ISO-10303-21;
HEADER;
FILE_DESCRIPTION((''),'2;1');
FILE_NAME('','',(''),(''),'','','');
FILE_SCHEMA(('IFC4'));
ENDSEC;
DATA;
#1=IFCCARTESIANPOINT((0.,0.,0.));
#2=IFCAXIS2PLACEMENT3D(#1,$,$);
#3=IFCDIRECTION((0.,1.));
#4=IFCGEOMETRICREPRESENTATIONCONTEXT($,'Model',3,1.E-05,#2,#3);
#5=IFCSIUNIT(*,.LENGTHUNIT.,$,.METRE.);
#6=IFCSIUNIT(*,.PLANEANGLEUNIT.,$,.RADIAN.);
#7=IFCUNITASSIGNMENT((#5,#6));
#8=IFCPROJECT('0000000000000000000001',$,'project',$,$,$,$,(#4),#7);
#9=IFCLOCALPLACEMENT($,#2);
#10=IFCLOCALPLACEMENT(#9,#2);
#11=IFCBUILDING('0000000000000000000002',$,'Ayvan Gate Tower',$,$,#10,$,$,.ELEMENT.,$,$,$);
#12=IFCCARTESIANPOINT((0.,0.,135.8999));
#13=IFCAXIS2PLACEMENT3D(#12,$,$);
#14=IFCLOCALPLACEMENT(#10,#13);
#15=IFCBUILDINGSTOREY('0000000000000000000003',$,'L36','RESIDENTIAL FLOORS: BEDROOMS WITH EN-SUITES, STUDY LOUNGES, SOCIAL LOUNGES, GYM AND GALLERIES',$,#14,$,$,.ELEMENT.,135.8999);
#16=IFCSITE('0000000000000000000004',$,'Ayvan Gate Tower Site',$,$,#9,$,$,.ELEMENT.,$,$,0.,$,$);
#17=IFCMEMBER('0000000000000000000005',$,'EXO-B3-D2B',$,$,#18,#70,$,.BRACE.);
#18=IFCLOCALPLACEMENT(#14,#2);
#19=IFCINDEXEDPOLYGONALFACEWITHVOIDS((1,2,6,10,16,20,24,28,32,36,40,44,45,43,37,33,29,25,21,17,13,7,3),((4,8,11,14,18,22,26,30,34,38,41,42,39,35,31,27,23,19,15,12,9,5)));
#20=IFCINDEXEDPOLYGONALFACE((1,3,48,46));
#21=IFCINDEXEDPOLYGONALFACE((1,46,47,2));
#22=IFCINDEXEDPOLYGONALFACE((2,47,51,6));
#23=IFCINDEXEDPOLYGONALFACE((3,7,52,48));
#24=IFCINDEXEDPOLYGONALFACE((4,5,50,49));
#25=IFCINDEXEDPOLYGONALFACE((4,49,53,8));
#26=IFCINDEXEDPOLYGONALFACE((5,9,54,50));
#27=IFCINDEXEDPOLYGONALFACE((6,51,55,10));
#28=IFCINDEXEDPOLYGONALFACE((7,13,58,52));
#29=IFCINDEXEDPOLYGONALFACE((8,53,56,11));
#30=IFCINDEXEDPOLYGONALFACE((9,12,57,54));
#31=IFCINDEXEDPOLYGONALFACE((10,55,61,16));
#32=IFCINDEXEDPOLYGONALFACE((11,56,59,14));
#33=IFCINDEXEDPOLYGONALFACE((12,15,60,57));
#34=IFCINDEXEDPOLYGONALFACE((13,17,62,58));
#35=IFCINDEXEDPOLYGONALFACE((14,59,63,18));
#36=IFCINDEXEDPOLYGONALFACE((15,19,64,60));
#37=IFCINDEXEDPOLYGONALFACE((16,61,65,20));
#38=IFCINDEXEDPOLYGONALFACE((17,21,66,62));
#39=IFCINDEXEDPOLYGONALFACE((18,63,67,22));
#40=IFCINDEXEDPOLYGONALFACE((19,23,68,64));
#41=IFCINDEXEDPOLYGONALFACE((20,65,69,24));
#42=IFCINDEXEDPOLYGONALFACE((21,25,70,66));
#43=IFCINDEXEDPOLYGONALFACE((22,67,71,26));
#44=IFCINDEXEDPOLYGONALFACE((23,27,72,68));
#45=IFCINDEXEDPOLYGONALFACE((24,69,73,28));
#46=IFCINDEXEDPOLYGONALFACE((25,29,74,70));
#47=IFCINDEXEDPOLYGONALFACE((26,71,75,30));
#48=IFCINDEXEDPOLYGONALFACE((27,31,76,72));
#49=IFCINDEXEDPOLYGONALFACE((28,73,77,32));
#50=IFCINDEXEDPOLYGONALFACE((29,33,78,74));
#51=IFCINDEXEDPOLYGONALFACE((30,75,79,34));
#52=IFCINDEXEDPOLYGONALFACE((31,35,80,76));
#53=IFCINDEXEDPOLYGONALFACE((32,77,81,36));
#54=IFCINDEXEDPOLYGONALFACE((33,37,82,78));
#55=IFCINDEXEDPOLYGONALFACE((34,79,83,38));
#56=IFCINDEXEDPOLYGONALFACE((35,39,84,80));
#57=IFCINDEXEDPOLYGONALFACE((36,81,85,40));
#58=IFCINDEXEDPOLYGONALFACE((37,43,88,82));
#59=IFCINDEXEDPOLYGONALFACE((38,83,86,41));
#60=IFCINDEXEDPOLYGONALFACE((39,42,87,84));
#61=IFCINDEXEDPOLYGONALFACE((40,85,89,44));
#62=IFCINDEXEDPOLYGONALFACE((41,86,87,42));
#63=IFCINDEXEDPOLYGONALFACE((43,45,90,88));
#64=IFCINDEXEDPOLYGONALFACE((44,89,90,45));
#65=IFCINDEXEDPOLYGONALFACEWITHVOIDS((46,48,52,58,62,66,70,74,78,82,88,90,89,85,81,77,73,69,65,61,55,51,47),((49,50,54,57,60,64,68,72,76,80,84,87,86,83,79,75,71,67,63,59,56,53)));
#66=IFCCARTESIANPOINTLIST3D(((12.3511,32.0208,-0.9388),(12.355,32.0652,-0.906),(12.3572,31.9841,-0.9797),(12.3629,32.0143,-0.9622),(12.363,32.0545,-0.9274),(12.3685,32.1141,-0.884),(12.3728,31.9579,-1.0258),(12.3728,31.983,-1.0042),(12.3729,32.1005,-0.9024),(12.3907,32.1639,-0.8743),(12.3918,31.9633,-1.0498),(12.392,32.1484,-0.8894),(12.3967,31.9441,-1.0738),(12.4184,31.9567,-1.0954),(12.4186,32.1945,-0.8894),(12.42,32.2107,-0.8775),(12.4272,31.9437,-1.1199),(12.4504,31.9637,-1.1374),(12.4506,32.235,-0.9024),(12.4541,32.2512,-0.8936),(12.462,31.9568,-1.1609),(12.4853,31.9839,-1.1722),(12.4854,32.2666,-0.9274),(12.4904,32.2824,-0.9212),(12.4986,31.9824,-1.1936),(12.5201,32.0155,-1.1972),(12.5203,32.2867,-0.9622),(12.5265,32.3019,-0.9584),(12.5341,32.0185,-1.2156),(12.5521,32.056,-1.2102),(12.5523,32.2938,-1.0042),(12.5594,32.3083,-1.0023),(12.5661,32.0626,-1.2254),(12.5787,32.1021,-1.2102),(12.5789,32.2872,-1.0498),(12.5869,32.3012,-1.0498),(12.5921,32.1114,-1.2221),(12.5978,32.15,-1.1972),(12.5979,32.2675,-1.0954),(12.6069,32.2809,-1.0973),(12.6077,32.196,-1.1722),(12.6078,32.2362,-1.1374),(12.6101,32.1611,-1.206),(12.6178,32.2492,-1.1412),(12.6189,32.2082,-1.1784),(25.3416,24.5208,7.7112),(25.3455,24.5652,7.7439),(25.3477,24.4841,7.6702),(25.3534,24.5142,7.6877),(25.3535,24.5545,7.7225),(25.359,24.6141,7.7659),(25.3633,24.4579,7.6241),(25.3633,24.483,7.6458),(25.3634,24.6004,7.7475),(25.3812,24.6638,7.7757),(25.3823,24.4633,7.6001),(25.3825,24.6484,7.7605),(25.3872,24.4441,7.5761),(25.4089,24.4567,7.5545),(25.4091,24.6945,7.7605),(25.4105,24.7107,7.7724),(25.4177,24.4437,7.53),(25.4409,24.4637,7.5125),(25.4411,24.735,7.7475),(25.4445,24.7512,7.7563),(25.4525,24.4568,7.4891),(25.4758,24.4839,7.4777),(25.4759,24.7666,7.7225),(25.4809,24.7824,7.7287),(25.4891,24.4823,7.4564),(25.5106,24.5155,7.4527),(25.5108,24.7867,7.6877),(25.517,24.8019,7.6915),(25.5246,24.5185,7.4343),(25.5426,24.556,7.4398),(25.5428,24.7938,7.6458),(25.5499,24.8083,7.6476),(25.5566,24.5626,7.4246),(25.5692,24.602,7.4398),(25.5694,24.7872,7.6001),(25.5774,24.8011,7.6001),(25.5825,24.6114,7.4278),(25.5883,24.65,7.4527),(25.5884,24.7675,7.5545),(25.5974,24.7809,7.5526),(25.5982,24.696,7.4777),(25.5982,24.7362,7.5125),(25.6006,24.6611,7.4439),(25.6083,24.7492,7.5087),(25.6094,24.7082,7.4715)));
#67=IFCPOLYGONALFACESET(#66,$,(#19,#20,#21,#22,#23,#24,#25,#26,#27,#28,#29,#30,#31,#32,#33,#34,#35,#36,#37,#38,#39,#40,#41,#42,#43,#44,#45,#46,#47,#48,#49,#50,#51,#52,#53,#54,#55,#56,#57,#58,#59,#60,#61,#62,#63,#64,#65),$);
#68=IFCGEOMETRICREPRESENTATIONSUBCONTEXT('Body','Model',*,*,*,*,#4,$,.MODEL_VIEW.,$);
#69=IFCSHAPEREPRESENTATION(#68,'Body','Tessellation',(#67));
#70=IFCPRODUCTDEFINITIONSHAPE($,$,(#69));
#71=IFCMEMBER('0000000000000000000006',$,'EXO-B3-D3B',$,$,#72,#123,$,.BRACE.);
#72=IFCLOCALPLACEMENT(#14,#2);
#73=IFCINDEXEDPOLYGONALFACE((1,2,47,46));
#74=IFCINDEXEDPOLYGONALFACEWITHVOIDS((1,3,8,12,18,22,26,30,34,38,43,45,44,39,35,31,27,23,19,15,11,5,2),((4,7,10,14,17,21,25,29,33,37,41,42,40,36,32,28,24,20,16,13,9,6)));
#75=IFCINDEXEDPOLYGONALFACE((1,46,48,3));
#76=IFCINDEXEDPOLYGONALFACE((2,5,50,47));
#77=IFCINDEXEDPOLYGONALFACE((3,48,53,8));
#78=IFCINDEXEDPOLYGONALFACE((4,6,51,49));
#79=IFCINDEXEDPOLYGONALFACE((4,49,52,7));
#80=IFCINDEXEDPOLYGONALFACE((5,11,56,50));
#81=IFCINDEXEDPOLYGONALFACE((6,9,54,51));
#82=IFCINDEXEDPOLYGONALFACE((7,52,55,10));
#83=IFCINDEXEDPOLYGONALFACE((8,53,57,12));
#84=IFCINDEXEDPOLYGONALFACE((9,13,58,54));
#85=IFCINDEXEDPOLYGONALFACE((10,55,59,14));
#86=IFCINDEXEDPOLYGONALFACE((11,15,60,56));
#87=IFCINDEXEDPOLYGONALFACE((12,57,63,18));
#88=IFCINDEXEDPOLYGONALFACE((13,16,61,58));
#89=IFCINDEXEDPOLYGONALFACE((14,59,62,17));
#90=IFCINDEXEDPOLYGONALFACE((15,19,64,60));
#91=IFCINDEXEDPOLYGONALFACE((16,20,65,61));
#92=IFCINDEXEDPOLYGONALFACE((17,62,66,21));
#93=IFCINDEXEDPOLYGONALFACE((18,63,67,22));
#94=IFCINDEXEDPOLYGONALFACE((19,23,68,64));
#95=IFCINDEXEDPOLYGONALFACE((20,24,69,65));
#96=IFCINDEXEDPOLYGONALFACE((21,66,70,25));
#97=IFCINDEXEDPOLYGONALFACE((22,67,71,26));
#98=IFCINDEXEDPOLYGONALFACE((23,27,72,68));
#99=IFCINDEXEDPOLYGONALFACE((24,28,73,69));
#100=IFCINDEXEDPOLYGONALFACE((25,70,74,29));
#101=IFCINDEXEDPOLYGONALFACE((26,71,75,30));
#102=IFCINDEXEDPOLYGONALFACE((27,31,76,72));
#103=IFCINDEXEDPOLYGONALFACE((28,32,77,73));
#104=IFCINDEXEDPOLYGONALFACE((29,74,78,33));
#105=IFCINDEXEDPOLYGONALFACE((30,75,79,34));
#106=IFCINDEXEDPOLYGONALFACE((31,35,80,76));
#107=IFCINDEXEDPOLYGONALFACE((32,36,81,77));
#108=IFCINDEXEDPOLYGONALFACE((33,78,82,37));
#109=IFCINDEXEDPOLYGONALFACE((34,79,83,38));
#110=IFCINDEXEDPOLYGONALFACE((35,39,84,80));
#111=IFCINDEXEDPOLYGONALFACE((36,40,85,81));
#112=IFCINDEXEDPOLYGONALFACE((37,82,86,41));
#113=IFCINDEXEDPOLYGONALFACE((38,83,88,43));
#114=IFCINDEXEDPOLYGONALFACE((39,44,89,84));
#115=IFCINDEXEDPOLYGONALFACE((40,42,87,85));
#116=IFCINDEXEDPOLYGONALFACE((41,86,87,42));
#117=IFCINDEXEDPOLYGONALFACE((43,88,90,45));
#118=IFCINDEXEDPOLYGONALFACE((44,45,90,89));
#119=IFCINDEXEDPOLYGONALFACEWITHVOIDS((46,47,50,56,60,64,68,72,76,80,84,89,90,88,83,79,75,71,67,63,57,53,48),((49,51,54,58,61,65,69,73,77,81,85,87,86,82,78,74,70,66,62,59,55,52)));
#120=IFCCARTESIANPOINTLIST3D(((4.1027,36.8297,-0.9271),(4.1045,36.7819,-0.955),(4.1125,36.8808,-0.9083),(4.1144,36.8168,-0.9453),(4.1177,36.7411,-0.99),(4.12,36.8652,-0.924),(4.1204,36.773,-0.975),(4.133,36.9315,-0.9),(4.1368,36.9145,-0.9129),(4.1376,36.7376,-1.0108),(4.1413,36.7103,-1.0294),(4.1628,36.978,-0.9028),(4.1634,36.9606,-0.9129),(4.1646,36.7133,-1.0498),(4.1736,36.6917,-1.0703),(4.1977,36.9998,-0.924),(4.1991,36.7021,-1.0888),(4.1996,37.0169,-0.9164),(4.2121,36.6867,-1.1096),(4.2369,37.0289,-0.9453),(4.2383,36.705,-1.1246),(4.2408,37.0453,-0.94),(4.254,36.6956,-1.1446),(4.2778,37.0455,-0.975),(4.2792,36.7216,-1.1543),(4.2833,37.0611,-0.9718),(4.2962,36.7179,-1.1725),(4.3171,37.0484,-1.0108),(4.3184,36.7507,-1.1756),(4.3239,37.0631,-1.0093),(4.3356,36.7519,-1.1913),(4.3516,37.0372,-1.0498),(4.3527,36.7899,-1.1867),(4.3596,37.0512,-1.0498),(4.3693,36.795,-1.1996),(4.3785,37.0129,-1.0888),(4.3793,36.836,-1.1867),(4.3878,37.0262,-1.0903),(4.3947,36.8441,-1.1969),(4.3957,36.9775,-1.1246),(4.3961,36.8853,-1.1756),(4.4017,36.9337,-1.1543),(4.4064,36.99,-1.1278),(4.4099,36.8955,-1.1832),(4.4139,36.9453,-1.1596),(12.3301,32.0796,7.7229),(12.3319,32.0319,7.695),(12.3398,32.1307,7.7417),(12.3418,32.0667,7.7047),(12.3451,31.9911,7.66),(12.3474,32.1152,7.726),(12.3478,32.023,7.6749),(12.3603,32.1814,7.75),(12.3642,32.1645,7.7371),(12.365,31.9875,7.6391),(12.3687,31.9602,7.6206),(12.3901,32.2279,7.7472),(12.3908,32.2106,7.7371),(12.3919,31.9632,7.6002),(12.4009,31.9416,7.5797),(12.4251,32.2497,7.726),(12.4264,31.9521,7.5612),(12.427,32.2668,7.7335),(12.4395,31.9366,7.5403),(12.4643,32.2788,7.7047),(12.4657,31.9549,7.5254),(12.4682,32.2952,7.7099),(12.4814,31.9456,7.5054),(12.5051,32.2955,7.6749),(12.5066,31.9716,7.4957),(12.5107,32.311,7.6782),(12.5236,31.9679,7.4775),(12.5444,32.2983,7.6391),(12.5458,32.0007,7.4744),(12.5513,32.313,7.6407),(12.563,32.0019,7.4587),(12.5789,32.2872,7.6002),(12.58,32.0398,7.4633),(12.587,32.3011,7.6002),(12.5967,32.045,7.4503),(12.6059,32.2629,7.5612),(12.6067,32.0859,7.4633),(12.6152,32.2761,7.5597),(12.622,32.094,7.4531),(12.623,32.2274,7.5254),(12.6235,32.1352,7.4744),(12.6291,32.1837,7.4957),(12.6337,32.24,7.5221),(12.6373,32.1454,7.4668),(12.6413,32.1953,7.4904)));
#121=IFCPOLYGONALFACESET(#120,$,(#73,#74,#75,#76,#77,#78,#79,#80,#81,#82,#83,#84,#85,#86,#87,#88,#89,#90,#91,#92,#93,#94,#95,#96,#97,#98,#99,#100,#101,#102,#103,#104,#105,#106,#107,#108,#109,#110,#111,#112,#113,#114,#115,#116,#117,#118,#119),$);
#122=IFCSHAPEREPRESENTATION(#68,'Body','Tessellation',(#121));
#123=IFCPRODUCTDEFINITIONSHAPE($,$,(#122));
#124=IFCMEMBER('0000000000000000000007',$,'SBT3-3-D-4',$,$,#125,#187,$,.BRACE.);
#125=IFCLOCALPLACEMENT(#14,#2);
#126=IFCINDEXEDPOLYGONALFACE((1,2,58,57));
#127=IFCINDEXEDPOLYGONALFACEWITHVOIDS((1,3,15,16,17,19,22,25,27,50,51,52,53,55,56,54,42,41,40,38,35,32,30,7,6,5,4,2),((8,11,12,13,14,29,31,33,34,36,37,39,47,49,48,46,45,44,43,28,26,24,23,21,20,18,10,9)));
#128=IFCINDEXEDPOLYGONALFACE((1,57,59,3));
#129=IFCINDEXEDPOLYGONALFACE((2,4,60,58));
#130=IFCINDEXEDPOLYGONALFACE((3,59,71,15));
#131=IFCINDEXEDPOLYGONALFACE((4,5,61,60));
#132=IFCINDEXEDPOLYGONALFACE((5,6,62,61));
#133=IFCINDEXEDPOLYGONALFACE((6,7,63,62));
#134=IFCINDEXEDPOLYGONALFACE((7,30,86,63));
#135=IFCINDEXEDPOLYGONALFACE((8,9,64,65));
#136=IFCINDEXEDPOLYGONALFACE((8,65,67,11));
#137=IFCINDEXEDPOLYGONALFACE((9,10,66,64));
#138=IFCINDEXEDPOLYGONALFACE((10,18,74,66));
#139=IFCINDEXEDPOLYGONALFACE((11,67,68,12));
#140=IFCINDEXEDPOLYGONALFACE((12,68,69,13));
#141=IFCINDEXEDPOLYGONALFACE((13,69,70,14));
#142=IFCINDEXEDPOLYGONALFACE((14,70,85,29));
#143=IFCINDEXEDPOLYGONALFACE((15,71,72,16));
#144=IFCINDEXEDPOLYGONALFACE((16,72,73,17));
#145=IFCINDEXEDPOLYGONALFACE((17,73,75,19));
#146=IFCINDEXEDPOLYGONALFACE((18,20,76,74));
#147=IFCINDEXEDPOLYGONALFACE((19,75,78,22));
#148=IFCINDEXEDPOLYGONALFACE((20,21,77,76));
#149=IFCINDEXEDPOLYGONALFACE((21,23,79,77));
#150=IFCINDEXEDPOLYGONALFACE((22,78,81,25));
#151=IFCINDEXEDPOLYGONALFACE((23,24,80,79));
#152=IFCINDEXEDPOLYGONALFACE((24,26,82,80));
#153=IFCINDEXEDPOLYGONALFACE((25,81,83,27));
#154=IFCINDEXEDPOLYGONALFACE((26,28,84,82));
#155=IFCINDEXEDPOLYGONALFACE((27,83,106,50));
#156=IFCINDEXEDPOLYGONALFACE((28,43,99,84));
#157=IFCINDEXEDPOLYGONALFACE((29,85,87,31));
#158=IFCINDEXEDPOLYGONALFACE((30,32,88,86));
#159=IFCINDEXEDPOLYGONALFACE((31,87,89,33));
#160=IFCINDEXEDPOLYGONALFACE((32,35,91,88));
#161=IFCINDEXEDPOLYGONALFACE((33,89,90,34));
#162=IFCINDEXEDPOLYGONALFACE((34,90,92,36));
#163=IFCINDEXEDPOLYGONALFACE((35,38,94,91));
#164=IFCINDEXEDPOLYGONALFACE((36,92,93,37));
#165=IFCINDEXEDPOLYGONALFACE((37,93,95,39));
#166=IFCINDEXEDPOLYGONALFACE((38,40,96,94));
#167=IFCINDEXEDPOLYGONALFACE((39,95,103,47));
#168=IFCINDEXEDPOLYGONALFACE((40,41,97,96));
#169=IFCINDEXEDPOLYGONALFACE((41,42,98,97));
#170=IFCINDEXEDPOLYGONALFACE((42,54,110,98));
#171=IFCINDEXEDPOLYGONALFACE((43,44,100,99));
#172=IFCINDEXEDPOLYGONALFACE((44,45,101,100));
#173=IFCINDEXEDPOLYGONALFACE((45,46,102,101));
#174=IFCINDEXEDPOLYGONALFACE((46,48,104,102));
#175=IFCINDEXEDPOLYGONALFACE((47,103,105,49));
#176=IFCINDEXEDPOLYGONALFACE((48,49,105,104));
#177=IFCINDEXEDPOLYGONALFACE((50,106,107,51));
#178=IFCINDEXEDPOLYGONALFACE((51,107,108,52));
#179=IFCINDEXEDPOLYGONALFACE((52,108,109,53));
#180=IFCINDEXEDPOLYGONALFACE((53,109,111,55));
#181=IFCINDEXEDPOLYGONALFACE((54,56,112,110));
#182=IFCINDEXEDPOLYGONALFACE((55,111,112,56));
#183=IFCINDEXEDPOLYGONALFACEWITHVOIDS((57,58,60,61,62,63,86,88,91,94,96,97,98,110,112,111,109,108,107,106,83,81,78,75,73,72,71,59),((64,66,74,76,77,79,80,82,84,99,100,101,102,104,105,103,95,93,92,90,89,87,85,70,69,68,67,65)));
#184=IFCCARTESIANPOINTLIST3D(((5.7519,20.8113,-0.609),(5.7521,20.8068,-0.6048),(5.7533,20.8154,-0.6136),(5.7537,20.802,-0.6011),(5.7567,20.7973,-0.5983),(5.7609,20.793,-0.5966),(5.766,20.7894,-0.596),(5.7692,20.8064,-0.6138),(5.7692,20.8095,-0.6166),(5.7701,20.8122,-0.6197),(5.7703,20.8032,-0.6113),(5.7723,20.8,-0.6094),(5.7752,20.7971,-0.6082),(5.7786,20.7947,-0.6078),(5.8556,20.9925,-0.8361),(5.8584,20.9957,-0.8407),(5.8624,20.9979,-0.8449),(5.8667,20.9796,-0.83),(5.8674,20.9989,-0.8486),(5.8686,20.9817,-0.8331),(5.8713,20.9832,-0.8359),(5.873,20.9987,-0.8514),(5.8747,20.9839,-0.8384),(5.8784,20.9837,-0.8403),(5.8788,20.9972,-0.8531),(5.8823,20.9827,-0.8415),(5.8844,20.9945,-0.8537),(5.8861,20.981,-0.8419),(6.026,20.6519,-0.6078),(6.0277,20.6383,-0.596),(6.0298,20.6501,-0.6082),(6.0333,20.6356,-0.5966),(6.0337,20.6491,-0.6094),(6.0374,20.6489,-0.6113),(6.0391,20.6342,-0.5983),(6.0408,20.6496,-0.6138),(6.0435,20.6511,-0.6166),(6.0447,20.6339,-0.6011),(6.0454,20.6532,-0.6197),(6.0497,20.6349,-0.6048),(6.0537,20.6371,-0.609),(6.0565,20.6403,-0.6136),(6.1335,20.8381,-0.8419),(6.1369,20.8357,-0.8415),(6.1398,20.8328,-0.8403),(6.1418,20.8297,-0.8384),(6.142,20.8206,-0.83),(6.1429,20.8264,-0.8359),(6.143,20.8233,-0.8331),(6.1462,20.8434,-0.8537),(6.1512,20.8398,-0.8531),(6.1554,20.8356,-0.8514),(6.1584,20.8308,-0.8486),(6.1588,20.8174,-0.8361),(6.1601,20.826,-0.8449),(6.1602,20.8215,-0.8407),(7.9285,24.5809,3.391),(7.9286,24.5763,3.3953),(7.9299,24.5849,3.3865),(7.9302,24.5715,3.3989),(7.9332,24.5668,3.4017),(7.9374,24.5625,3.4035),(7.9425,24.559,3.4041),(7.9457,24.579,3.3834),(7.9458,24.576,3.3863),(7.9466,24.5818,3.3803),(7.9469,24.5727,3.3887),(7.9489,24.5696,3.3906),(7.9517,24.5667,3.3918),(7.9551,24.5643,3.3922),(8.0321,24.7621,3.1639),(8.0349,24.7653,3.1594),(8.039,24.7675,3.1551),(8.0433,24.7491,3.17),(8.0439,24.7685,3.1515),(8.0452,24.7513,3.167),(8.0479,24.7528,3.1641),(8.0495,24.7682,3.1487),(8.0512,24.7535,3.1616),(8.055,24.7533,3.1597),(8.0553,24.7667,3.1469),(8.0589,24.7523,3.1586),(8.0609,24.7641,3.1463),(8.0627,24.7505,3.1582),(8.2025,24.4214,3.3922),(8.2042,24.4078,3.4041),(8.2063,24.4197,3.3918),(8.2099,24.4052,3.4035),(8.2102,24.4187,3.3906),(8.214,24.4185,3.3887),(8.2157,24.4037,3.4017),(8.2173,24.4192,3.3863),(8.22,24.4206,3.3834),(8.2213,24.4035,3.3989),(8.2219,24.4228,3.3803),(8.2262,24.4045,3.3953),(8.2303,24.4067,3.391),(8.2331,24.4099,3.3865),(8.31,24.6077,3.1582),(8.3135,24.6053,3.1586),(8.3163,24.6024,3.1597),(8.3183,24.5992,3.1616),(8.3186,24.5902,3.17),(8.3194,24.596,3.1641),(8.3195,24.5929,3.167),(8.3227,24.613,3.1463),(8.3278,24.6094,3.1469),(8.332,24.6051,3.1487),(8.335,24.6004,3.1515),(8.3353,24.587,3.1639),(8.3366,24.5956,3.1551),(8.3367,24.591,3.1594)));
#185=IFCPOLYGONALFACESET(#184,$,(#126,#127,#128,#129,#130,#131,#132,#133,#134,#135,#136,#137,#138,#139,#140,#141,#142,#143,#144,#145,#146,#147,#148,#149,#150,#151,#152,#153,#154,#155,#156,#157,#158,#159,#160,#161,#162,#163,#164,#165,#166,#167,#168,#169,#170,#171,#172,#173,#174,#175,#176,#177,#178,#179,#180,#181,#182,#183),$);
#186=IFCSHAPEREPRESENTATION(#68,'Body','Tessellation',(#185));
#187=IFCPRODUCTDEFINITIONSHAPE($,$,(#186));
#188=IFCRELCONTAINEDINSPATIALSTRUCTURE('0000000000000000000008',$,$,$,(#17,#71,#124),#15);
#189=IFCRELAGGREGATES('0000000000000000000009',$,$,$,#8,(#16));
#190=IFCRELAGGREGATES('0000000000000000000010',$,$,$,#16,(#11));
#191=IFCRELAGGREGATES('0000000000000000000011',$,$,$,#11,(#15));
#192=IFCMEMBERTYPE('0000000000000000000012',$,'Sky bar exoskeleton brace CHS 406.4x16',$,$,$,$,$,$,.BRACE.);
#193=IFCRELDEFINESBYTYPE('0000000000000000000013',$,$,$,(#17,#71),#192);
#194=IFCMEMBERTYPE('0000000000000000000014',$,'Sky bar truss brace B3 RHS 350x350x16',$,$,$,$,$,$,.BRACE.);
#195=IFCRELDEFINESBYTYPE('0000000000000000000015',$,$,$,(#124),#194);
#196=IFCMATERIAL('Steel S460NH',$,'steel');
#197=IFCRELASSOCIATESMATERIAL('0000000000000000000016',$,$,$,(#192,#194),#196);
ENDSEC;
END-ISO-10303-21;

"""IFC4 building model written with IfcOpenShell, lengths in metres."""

from ifc_helpers import new_model, si_unit, direction, frame, origin, origin_2d, place, context, subcontext, project, spatial, hollow_rectangle, hollow_circle, extrude, material, material_profile, profile_set, type_object, element, save


model = new_model("IFC4")

# Units and contexts
model_context = context("Model", 3, precision=1e-05, world=origin(), true_north=direction((0.0, 1.0)))
body_context = subcontext(model_context, "Body", "Model", "MODEL_VIEW")
ifc_project = project(units=[si_unit("LENGTHUNIT", "METRE"), si_unit("PLANEANGLEUNIT", "RADIAN")], contexts=[model_context])

# Site, building, storey
site_placement = place(None, origin())
site = spatial("IfcSite", under=ifc_project, at=site_placement, Name="Ayvan Gate Tower Site", CompositionType="ELEMENT", RefElevation=0.0)
building_placement = place(site_placement, origin())
building = spatial("IfcBuilding", under=site, at=building_placement, Name="Ayvan Gate Tower", CompositionType="ELEMENT")
storey_placement = place(building_placement, frame((0.0, 0.0, 135.8999)))
storey = spatial("IfcBuildingStorey", under=building, at=storey_placement, Name="L36", Description="RESIDENTIAL FLOORS: BEDROOMS WITH EN-SUITES, STUDY LOUNGES, SOCIAL LOUNGES, GYM AND GALLERIES", CompositionType="ELEMENT", Elevation=135.8999)

# Shared definitions
ifc_material_1 = material(Name="Steel S460NH", Category="steel")

# Members
ifc_material_profile_1 = material_profile(ifc_material_1, hollow_circle(Radius=0.2031, WallThickness=0.0161, at=origin_2d()), Name="CHS 406.4x16")
ifc_profile_set_1 = profile_set([ifc_material_profile_1], Name="Steel S460NH")
member_type_1 = type_object("IfcMemberType", Name="Sky bar exoskeleton brace CHS 406.4x16", PredefinedType="BRACE", material=ifc_profile_set_1)
member_1_placement = place(storey_placement, frame((12.4854, 32.1252, -1.0498), z_axis=(0.750227, -0.43314, 0.499549), x_axis=(0.499997, 0.866027, 0.0)))
element("IfcMember", 1, at=member_1_placement, inside=storey, type_object=member_type_1, Name="EXO-B3-D2B", PredefinedType="BRACE", context=body_context, shape_type="SweptSolid", body=[
    extrude(hollow_circle(Radius=0.2031, WallThickness=0.0161, at=origin_2d()), origin(), (0.0, 0.0, 1.0), 17.3154),
])
member_2_placement = place(storey_placement, frame((4.2581, 36.8752, -1.0498), z_axis=(0.640355, -0.369707, 0.673248), x_axis=(0.499998, 0.866027, 0.0)))
element("IfcMember", 2, at=member_2_placement, inside=storey, type_object=member_type_1, Name="EXO-B3-D3B", PredefinedType="BRACE", context=body_context, shape_type="SweptSolid", body=[
    extrude(hollow_circle(Radius=0.2031, WallThickness=0.0161, at=origin_2d()), origin(), (0.0, 0.0, 1.0), 12.8481),
])
ifc_material_profile_2 = material_profile(ifc_material_1, hollow_rectangle(XDim=0.3501, YDim=0.3501, WallThickness=0.0161, InnerFilletRadius=0.0161, OuterFilletRadius=0.0239, at=origin_2d()), Name="RHS 350x350x16")
ifc_profile_set_2 = profile_set([ifc_material_profile_2], Name="Steel S460NH")
member_type_2 = type_object("IfcMemberType", Name="Sky bar truss brace B3 RHS 350x350x16", PredefinedType="BRACE", material=ifc_profile_set_2)
for number, where, z_axis, x_axis, name in (
    (3, (5.9561, 20.8164, -0.7249), (0.368179, 0.637654, 0.67664), (-0.866008, 0.50003, 0.0), "SBT3-3-D-4"),
):
    element("IfcMember", number, at=place(storey_placement, frame(where, z_axis=z_axis, x_axis=x_axis)), inside=storey, type_object=member_type_2, Name=name, PredefinedType="BRACE", context=body_context, shape_type="SweptSolid", body=[
        extrude(hollow_rectangle(XDim=0.3501, YDim=0.3501, WallThickness=0.0161, InnerFilletRadius=0.0161, OuterFilletRadius=0.0239, at=origin_2d()), origin(), (0.0, 0.0, 1.0), 5.9116),
    ])

save(model, "model.ifc")
